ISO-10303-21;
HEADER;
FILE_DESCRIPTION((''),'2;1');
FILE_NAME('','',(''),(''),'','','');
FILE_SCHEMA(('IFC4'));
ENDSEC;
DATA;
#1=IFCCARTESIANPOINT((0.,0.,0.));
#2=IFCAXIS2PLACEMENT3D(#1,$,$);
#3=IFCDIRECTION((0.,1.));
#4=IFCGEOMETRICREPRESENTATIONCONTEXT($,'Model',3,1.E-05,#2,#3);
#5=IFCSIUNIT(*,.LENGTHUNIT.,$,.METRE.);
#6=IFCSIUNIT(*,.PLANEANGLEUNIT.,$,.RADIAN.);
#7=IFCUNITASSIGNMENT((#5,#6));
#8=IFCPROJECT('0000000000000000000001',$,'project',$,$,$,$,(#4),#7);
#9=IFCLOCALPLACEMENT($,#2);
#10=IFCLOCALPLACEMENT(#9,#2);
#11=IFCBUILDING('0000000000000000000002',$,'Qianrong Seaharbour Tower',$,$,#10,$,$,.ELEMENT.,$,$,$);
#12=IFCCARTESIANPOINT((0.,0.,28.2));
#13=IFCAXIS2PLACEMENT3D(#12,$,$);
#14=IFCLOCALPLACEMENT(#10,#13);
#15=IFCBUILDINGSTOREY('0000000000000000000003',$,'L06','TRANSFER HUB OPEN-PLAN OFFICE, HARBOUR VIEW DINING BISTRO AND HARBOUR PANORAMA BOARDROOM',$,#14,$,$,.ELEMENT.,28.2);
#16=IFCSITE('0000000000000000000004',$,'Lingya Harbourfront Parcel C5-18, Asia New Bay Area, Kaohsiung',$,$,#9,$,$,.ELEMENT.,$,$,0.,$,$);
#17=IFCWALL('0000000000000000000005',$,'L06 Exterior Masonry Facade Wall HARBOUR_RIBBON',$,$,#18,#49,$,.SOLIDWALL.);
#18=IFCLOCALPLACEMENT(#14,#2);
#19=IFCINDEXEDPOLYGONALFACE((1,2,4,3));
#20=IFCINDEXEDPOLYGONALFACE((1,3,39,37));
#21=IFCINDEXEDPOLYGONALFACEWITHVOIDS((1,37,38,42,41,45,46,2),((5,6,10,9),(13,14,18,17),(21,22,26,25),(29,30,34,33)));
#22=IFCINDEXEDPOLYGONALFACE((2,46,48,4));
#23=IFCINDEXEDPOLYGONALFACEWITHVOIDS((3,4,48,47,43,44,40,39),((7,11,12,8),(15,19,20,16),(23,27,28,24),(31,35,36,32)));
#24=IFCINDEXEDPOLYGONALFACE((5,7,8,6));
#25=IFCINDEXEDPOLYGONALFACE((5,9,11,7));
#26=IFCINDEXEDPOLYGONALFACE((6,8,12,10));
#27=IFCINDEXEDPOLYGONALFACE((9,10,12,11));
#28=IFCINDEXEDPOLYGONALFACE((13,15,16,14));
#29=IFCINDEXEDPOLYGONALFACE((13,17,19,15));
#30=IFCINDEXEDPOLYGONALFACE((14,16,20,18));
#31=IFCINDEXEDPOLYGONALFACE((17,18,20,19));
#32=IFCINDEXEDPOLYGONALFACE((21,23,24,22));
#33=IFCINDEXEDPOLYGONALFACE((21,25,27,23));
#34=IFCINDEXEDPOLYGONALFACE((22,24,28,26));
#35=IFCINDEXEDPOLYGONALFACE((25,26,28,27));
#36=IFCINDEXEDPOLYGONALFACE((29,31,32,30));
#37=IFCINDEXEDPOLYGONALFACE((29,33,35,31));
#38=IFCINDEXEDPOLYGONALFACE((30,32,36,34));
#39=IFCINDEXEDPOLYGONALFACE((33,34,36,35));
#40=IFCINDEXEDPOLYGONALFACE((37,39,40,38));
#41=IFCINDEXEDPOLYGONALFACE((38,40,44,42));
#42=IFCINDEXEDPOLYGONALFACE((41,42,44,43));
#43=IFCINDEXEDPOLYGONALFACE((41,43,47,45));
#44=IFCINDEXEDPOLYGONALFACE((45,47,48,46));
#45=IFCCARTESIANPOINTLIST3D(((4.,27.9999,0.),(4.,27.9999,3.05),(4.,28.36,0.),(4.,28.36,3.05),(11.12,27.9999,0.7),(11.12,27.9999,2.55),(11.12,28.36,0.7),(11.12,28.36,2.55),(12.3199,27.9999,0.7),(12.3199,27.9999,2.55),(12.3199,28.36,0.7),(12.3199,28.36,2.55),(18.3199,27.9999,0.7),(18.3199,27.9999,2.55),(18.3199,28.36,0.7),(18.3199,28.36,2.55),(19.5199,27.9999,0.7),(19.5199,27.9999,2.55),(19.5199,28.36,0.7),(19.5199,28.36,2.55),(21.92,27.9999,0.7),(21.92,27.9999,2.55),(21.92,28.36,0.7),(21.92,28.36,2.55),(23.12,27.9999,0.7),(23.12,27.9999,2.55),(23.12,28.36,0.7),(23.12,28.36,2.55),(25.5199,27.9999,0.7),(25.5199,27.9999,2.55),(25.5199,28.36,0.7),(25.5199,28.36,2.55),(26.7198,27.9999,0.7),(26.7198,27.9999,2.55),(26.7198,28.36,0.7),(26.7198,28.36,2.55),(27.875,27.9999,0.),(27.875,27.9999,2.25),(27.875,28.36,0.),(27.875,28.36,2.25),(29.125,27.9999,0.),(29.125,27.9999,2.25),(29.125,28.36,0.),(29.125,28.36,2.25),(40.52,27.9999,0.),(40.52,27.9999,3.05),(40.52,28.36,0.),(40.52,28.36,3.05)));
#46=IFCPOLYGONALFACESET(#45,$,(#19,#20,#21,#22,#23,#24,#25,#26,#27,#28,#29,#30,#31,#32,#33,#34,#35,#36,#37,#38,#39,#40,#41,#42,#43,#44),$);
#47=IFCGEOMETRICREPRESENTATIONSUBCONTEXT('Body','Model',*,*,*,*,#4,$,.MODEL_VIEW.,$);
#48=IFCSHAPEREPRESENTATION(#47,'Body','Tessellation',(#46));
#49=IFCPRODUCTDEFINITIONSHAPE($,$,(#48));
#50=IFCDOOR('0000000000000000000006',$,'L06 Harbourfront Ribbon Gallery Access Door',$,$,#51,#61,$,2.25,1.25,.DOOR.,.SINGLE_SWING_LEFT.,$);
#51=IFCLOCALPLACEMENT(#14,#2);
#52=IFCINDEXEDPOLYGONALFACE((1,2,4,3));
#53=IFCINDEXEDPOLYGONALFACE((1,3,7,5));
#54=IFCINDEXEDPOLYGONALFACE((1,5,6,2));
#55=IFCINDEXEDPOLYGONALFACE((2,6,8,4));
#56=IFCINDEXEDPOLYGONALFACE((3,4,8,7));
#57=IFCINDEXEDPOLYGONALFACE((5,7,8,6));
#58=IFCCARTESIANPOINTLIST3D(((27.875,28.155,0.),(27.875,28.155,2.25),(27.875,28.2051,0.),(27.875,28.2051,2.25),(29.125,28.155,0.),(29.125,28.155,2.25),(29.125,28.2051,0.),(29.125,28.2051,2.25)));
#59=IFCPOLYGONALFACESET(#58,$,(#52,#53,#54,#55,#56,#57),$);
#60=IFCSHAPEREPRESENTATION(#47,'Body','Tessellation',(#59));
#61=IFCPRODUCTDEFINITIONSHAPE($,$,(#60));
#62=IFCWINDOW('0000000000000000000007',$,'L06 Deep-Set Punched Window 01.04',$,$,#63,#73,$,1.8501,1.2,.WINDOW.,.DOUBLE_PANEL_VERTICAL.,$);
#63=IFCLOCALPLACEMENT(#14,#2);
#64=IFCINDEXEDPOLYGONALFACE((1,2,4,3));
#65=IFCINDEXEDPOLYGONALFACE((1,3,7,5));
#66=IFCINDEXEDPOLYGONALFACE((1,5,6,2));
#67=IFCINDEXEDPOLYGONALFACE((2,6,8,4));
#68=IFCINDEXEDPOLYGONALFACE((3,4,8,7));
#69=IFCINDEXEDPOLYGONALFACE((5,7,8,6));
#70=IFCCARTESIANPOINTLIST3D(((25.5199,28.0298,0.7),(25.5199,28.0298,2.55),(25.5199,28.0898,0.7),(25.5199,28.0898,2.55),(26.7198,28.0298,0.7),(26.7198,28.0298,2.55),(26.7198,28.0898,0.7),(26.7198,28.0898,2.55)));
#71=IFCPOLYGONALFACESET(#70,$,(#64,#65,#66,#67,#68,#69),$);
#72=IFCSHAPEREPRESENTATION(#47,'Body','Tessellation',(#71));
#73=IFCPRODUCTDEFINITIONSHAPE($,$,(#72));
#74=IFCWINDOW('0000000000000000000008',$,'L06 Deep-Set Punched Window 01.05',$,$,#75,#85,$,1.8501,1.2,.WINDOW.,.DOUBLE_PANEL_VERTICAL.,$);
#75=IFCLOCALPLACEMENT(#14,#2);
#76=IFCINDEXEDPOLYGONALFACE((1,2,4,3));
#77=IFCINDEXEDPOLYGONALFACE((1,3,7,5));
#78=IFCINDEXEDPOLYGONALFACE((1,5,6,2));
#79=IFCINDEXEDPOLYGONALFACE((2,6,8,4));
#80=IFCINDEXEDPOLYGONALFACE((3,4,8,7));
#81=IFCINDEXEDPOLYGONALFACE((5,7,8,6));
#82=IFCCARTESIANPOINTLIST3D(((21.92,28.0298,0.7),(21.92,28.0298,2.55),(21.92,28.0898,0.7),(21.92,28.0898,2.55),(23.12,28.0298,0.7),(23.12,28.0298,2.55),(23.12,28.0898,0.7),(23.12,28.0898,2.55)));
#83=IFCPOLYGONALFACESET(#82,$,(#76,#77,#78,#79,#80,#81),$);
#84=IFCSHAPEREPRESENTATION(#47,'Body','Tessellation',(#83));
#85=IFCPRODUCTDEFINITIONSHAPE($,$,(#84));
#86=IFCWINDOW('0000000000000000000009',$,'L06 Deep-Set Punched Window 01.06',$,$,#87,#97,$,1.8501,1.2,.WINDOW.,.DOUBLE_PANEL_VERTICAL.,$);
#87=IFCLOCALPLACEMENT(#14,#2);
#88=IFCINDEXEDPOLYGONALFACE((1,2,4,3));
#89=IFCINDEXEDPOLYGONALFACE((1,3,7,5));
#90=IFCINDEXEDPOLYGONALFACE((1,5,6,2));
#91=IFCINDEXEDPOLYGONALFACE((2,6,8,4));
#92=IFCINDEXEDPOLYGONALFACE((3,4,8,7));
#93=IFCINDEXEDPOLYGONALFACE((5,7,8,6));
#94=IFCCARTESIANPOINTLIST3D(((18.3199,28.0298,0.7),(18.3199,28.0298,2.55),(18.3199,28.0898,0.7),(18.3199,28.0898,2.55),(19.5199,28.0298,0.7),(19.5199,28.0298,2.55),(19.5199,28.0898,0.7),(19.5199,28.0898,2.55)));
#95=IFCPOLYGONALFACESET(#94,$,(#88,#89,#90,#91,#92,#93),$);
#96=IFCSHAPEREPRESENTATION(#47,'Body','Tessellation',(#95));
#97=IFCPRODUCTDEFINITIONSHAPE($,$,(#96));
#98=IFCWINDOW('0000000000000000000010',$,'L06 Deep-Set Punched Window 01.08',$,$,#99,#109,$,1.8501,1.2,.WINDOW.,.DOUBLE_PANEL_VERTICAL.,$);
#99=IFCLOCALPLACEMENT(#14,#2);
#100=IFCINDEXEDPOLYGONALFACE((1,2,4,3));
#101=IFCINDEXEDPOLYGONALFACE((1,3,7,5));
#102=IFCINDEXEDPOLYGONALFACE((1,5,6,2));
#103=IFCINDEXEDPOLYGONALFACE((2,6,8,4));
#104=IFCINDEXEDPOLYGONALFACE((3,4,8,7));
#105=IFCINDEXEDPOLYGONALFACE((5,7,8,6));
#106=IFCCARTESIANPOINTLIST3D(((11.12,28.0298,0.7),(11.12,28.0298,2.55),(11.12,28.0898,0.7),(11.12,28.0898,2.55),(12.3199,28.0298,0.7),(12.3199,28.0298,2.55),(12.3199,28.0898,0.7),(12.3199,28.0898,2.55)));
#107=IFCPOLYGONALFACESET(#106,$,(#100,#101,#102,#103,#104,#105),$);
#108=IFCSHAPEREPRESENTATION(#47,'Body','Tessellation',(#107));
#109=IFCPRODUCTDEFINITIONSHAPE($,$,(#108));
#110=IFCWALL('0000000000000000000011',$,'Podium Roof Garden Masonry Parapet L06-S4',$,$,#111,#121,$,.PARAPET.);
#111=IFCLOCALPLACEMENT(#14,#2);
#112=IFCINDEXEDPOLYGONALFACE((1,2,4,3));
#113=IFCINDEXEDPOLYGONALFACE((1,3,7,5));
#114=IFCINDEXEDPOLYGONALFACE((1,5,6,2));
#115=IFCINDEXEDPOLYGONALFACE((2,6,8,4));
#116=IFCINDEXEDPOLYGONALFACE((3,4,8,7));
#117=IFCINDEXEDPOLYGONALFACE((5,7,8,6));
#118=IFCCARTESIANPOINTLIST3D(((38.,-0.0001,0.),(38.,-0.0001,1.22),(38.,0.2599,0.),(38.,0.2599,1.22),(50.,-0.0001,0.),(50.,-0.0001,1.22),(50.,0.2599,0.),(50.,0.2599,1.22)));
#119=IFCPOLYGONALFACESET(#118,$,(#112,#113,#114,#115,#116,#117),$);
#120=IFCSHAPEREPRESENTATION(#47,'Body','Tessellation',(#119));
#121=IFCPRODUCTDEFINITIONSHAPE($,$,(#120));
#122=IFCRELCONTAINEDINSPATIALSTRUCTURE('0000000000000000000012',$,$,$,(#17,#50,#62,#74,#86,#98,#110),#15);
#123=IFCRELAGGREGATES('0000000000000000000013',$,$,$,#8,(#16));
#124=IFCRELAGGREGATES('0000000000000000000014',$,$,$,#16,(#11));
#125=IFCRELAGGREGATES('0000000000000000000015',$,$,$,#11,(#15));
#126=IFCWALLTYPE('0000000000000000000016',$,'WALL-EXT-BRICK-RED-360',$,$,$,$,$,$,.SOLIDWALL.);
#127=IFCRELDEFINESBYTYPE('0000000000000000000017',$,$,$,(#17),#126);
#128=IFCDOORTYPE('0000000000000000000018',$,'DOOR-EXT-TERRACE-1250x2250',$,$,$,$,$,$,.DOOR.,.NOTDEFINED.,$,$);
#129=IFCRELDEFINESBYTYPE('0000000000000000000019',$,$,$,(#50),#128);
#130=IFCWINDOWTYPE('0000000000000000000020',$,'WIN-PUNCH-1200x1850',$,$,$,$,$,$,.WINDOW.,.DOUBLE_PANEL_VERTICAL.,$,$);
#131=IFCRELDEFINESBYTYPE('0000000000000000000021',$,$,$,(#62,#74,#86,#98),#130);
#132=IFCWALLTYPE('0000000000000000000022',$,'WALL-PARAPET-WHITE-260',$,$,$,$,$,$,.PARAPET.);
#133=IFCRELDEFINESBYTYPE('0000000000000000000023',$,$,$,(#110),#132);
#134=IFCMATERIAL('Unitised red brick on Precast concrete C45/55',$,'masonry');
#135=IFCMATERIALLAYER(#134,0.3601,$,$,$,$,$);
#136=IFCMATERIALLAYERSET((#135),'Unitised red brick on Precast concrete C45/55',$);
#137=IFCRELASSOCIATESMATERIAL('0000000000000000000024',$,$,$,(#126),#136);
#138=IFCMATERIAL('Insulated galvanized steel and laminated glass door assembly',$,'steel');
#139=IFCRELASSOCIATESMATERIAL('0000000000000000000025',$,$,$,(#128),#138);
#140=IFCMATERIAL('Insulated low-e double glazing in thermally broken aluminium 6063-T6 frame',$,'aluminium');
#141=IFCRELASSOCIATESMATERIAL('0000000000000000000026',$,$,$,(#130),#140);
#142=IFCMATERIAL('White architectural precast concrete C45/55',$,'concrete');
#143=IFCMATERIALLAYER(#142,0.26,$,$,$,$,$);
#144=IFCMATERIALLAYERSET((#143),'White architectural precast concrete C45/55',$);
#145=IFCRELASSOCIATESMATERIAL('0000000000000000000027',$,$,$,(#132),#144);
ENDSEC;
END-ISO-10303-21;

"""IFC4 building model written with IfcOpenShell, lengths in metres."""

from ifc_helpers import new_model, si_unit, direction, frame, frame_2d, origin, place, context, subcontext, project, spatial, rectangle, extrude, material, layer, layer_set, type_object, element, fill, save


model = new_model("IFC4")

# Units and contexts
model_context = context("Model", 3, precision=1e-05, world=origin(), true_north=direction((0.0, 1.0)))
body_context = subcontext(model_context, "Body", "Model", "MODEL_VIEW")
ifc_project = project(units=[si_unit("LENGTHUNIT", "METRE"), si_unit("PLANEANGLEUNIT", "RADIAN")], contexts=[model_context])

# Site, building, storey
site_placement = place(None, origin())
site = spatial("IfcSite", under=ifc_project, at=site_placement, Name="Lingya Harbourfront Parcel C5-18, Asia New Bay Area, Kaohsiung", CompositionType="ELEMENT", RefElevation=0.0)
building_placement = place(site_placement, origin())
building = spatial("IfcBuilding", under=site, at=building_placement, Name="Qianrong Seaharbour Tower", CompositionType="ELEMENT")
storey_placement = place(building_placement, frame((0.0, 0.0, 28.2)))
storey = spatial("IfcBuildingStorey", under=building, at=storey_placement, Name="L06", Description="TRANSFER HUB OPEN-PLAN OFFICE, HARBOUR VIEW DINING BISTRO AND HARBOUR PANORAMA BOARDROOM", CompositionType="ELEMENT", Elevation=28.2)

# Shared definitions
ifc_material_1 = material(Name="Unitised red brick on Precast concrete C45/55", Category="masonry")
ifc_layer_1 = layer(ifc_material_1, 0.3601)
ifc_layer_set_1 = layer_set([ifc_layer_1], Name="Unitised red brick on Precast concrete C45/55")
wall_type_1 = type_object("IfcWallType", Name="WALL-EXT-BRICK-RED-360", PredefinedType="SOLIDWALL", material=ifc_layer_set_1)
ifc_material_2 = material(Name="Insulated galvanized steel and laminated glass door assembly", Category="steel")

# Wall, openings, door, windows
wall_1_placement = place(storey_placement, frame((40.52, 28.1799, 0.0), z_axis=(0.0, 0.0, 1.0), x_axis=(-1.0, 0.0, 0.0)))
wall_1 = element("IfcWall", 1, at=wall_1_placement, inside=storey, type_object=wall_type_1, Name="L06 Exterior Masonry Facade Wall HARBOUR_RIBBON", PredefinedType="SOLIDWALL", context=body_context, shape_type="SweptSolid", body=[
    extrude(rectangle(XDim=36.52, YDim=0.3601, at=frame_2d((18.26, 0.0))), origin(), (0.0, 0.0, 1.0), 3.05),
])
opening_1_placement = place(wall_1_placement, frame((13.8, 0.0, 0.7)))
opening_1 = element("IfcOpeningElement", 2, at=opening_1_placement, cuts=wall_1, PredefinedType="OPENING", context=body_context, shape_type="SweptSolid", body=[
    extrude(rectangle(XDim=1.2, YDim=1.8501, at=frame_2d((0.6001, 0.925))), frame((0.0, 0.1899, 0.0), z_axis=(0.0, -1.0, 0.0), x_axis=(1.0, 0.0, 0.0)), (0.0, 0.0, 1.0), 0.3801),
])
opening_2_placement = place(wall_1_placement, frame((17.3999, 0.0, 0.7)))
opening_2 = element("IfcOpeningElement", 3, at=opening_2_placement, cuts=wall_1, PredefinedType="OPENING", context=body_context, shape_type="SweptSolid", body=[
    extrude(rectangle(XDim=1.2, YDim=1.8501, at=frame_2d((0.6001, 0.925))), frame((0.0, 0.1899, 0.0), z_axis=(0.0, -1.0, 0.0), x_axis=(1.0, 0.0, 0.0)), (0.0, 0.0, 1.0), 0.3801),
])
opening_3_placement = place(wall_1_placement, frame((21.0, 0.0, 0.7)))
opening_3 = element("IfcOpeningElement", 4, at=opening_3_placement, cuts=wall_1, PredefinedType="OPENING", context=body_context, shape_type="SweptSolid", body=[
    extrude(rectangle(XDim=1.2, YDim=1.8501, at=frame_2d((0.6001, 0.925))), frame((0.0, 0.1899, 0.0), z_axis=(0.0, -1.0, 0.0), x_axis=(1.0, 0.0, 0.0)), (0.0, 0.0, 1.0), 0.3801),
])
opening_4_placement = place(wall_1_placement, frame((28.2, 0.0, 0.7)))
opening_4 = element("IfcOpeningElement", 5, at=opening_4_placement, cuts=wall_1, PredefinedType="OPENING", context=body_context, shape_type="SweptSolid", body=[
    extrude(rectangle(XDim=1.2, YDim=1.8501, at=frame_2d((0.6001, 0.925))), frame((0.0, 0.1899, 0.0), z_axis=(0.0, -1.0, 0.0), x_axis=(1.0, 0.0, 0.0)), (0.0, 0.0, 1.0), 0.3801),
])
opening_5_placement = place(wall_1_placement, frame((11.395, 0.0, 0.0)))
opening_5 = element("IfcOpeningElement", 6, at=opening_5_placement, cuts=wall_1, PredefinedType="OPENING", context=body_context, shape_type="SweptSolid", body=[
    extrude(rectangle(XDim=1.25, YDim=2.25, at=frame_2d((0.625, 1.125))), frame((0.0, 0.1899, 0.0), z_axis=(0.0, -1.0, 0.0), x_axis=(1.0, 0.0, 0.0)), (0.0, 0.0, 1.0), 0.3801),
])
door_type_1 = type_object("IfcDoorType", Name="DOOR-EXT-TERRACE-1250x2250", OperationType="NOTDEFINED", PredefinedType="DOOR", material=ifc_material_2)
door_1_placement = place(opening_5_placement, origin())
door_1 = element("IfcDoor", 7, at=door_1_placement, inside=storey, type_object=door_type_1, Name="L06 Harbourfront Ribbon Gallery Access Door", OperationType="SINGLE_SWING_LEFT", OverallHeight=2.25, OverallWidth=1.25, PredefinedType="DOOR", context=body_context, shape_type="SweptSolid", body=[
    extrude(rectangle(XDim=1.25, YDim=2.25, at=frame_2d((0.625, 1.125))), frame((0.0, 0.0249, 0.0), z_axis=(0.0, -1.0, 0.0), x_axis=(1.0, 0.0, 0.0)), (0.0, 0.0, 1.0), 0.05),
])
fill(opening_5, door_1)
ifc_material_3 = material(Name="Insulated low-e double glazing in thermally broken aluminium 6063-T6 frame", Category="aluminium")
window_type = type_object("IfcWindowType", Name="WIN-PUNCH-1200x1850", PartitioningType="DOUBLE_PANEL_VERTICAL", PredefinedType="WINDOW", material=ifc_material_3)
window_1_placement = place(opening_1_placement, origin())
window_1 = element("IfcWindow", 8, at=window_1_placement, inside=storey, type_object=window_type, Name="L06 Deep-Set Punched Window 01.04", OverallHeight=1.8501, OverallWidth=1.2, PartitioningType="DOUBLE_PANEL_VERTICAL", PredefinedType="WINDOW", context=body_context, shape_type="SweptSolid", body=[
    extrude(rectangle(XDim=1.2, YDim=1.8501, at=frame_2d((0.6001, 0.925))), frame((0.0, 0.1501, 0.0), z_axis=(0.0, -1.0, 0.0), x_axis=(1.0, 0.0, 0.0)), (0.0, 0.0, 1.0), 0.0601),
])
fill(opening_1, window_1)
window_2_placement = place(opening_2_placement, origin())
window_2 = element("IfcWindow", 9, at=window_2_placement, inside=storey, type_object=window_type, Name="L06 Deep-Set Punched Window 01.05", OverallHeight=1.8501, OverallWidth=1.2, PartitioningType="DOUBLE_PANEL_VERTICAL", PredefinedType="WINDOW", context=body_context, shape_type="SweptSolid", body=[
    extrude(rectangle(XDim=1.2, YDim=1.8501, at=frame_2d((0.6001, 0.925))), frame((0.0, 0.1501, 0.0), z_axis=(0.0, -1.0, 0.0), x_axis=(1.0, 0.0, 0.0)), (0.0, 0.0, 1.0), 0.0601),
])
fill(opening_2, window_2)
window_3_placement = place(opening_3_placement, origin())
window_3 = element("IfcWindow", 10, at=window_3_placement, inside=storey, type_object=window_type, Name="L06 Deep-Set Punched Window 01.06", OverallHeight=1.8501, OverallWidth=1.2, PartitioningType="DOUBLE_PANEL_VERTICAL", PredefinedType="WINDOW", context=body_context, shape_type="SweptSolid", body=[
    extrude(rectangle(XDim=1.2, YDim=1.8501, at=frame_2d((0.6001, 0.925))), frame((0.0, 0.1501, 0.0), z_axis=(0.0, -1.0, 0.0), x_axis=(1.0, 0.0, 0.0)), (0.0, 0.0, 1.0), 0.0601),
])
fill(opening_3, window_3)
window_4_placement = place(opening_4_placement, origin())
window_4 = element("IfcWindow", 11, at=window_4_placement, inside=storey, type_object=window_type, Name="L06 Deep-Set Punched Window 01.08", OverallHeight=1.8501, OverallWidth=1.2, PartitioningType="DOUBLE_PANEL_VERTICAL", PredefinedType="WINDOW", context=body_context, shape_type="SweptSolid", body=[
    extrude(rectangle(XDim=1.2, YDim=1.8501, at=frame_2d((0.6001, 0.925))), frame((0.0, 0.1501, 0.0), z_axis=(0.0, -1.0, 0.0), x_axis=(1.0, 0.0, 0.0)), (0.0, 0.0, 1.0), 0.0601),
])
fill(opening_4, window_4)

# Wall
ifc_material_4 = material(Name="White architectural precast concrete C45/55", Category="concrete")
ifc_layer_2 = layer(ifc_material_4, 0.26)
ifc_layer_set_2 = layer_set([ifc_layer_2], Name="White architectural precast concrete C45/55")
wall_type_2 = type_object("IfcWallType", Name="WALL-PARAPET-WHITE-260", PredefinedType="PARAPET", material=ifc_layer_set_2)
wall_2_placement = place(storey_placement, frame((38.0, 0.1299, 0.0), z_axis=(0.0, 0.0, 1.0), x_axis=(1.0, 0.0, 0.0)))
element("IfcWall", 12, at=wall_2_placement, inside=storey, type_object=wall_type_2, Name="Podium Roof Garden Masonry Parapet L06-S4", PredefinedType="PARAPET", context=body_context, shape_type="SweptSolid", body=[
    extrude(rectangle(XDim=12.0, YDim=0.26, at=frame_2d((6.0, 0.0))), origin(), (0.0, 0.0, 1.0), 1.22),
])

save(model, "model.ifc")
